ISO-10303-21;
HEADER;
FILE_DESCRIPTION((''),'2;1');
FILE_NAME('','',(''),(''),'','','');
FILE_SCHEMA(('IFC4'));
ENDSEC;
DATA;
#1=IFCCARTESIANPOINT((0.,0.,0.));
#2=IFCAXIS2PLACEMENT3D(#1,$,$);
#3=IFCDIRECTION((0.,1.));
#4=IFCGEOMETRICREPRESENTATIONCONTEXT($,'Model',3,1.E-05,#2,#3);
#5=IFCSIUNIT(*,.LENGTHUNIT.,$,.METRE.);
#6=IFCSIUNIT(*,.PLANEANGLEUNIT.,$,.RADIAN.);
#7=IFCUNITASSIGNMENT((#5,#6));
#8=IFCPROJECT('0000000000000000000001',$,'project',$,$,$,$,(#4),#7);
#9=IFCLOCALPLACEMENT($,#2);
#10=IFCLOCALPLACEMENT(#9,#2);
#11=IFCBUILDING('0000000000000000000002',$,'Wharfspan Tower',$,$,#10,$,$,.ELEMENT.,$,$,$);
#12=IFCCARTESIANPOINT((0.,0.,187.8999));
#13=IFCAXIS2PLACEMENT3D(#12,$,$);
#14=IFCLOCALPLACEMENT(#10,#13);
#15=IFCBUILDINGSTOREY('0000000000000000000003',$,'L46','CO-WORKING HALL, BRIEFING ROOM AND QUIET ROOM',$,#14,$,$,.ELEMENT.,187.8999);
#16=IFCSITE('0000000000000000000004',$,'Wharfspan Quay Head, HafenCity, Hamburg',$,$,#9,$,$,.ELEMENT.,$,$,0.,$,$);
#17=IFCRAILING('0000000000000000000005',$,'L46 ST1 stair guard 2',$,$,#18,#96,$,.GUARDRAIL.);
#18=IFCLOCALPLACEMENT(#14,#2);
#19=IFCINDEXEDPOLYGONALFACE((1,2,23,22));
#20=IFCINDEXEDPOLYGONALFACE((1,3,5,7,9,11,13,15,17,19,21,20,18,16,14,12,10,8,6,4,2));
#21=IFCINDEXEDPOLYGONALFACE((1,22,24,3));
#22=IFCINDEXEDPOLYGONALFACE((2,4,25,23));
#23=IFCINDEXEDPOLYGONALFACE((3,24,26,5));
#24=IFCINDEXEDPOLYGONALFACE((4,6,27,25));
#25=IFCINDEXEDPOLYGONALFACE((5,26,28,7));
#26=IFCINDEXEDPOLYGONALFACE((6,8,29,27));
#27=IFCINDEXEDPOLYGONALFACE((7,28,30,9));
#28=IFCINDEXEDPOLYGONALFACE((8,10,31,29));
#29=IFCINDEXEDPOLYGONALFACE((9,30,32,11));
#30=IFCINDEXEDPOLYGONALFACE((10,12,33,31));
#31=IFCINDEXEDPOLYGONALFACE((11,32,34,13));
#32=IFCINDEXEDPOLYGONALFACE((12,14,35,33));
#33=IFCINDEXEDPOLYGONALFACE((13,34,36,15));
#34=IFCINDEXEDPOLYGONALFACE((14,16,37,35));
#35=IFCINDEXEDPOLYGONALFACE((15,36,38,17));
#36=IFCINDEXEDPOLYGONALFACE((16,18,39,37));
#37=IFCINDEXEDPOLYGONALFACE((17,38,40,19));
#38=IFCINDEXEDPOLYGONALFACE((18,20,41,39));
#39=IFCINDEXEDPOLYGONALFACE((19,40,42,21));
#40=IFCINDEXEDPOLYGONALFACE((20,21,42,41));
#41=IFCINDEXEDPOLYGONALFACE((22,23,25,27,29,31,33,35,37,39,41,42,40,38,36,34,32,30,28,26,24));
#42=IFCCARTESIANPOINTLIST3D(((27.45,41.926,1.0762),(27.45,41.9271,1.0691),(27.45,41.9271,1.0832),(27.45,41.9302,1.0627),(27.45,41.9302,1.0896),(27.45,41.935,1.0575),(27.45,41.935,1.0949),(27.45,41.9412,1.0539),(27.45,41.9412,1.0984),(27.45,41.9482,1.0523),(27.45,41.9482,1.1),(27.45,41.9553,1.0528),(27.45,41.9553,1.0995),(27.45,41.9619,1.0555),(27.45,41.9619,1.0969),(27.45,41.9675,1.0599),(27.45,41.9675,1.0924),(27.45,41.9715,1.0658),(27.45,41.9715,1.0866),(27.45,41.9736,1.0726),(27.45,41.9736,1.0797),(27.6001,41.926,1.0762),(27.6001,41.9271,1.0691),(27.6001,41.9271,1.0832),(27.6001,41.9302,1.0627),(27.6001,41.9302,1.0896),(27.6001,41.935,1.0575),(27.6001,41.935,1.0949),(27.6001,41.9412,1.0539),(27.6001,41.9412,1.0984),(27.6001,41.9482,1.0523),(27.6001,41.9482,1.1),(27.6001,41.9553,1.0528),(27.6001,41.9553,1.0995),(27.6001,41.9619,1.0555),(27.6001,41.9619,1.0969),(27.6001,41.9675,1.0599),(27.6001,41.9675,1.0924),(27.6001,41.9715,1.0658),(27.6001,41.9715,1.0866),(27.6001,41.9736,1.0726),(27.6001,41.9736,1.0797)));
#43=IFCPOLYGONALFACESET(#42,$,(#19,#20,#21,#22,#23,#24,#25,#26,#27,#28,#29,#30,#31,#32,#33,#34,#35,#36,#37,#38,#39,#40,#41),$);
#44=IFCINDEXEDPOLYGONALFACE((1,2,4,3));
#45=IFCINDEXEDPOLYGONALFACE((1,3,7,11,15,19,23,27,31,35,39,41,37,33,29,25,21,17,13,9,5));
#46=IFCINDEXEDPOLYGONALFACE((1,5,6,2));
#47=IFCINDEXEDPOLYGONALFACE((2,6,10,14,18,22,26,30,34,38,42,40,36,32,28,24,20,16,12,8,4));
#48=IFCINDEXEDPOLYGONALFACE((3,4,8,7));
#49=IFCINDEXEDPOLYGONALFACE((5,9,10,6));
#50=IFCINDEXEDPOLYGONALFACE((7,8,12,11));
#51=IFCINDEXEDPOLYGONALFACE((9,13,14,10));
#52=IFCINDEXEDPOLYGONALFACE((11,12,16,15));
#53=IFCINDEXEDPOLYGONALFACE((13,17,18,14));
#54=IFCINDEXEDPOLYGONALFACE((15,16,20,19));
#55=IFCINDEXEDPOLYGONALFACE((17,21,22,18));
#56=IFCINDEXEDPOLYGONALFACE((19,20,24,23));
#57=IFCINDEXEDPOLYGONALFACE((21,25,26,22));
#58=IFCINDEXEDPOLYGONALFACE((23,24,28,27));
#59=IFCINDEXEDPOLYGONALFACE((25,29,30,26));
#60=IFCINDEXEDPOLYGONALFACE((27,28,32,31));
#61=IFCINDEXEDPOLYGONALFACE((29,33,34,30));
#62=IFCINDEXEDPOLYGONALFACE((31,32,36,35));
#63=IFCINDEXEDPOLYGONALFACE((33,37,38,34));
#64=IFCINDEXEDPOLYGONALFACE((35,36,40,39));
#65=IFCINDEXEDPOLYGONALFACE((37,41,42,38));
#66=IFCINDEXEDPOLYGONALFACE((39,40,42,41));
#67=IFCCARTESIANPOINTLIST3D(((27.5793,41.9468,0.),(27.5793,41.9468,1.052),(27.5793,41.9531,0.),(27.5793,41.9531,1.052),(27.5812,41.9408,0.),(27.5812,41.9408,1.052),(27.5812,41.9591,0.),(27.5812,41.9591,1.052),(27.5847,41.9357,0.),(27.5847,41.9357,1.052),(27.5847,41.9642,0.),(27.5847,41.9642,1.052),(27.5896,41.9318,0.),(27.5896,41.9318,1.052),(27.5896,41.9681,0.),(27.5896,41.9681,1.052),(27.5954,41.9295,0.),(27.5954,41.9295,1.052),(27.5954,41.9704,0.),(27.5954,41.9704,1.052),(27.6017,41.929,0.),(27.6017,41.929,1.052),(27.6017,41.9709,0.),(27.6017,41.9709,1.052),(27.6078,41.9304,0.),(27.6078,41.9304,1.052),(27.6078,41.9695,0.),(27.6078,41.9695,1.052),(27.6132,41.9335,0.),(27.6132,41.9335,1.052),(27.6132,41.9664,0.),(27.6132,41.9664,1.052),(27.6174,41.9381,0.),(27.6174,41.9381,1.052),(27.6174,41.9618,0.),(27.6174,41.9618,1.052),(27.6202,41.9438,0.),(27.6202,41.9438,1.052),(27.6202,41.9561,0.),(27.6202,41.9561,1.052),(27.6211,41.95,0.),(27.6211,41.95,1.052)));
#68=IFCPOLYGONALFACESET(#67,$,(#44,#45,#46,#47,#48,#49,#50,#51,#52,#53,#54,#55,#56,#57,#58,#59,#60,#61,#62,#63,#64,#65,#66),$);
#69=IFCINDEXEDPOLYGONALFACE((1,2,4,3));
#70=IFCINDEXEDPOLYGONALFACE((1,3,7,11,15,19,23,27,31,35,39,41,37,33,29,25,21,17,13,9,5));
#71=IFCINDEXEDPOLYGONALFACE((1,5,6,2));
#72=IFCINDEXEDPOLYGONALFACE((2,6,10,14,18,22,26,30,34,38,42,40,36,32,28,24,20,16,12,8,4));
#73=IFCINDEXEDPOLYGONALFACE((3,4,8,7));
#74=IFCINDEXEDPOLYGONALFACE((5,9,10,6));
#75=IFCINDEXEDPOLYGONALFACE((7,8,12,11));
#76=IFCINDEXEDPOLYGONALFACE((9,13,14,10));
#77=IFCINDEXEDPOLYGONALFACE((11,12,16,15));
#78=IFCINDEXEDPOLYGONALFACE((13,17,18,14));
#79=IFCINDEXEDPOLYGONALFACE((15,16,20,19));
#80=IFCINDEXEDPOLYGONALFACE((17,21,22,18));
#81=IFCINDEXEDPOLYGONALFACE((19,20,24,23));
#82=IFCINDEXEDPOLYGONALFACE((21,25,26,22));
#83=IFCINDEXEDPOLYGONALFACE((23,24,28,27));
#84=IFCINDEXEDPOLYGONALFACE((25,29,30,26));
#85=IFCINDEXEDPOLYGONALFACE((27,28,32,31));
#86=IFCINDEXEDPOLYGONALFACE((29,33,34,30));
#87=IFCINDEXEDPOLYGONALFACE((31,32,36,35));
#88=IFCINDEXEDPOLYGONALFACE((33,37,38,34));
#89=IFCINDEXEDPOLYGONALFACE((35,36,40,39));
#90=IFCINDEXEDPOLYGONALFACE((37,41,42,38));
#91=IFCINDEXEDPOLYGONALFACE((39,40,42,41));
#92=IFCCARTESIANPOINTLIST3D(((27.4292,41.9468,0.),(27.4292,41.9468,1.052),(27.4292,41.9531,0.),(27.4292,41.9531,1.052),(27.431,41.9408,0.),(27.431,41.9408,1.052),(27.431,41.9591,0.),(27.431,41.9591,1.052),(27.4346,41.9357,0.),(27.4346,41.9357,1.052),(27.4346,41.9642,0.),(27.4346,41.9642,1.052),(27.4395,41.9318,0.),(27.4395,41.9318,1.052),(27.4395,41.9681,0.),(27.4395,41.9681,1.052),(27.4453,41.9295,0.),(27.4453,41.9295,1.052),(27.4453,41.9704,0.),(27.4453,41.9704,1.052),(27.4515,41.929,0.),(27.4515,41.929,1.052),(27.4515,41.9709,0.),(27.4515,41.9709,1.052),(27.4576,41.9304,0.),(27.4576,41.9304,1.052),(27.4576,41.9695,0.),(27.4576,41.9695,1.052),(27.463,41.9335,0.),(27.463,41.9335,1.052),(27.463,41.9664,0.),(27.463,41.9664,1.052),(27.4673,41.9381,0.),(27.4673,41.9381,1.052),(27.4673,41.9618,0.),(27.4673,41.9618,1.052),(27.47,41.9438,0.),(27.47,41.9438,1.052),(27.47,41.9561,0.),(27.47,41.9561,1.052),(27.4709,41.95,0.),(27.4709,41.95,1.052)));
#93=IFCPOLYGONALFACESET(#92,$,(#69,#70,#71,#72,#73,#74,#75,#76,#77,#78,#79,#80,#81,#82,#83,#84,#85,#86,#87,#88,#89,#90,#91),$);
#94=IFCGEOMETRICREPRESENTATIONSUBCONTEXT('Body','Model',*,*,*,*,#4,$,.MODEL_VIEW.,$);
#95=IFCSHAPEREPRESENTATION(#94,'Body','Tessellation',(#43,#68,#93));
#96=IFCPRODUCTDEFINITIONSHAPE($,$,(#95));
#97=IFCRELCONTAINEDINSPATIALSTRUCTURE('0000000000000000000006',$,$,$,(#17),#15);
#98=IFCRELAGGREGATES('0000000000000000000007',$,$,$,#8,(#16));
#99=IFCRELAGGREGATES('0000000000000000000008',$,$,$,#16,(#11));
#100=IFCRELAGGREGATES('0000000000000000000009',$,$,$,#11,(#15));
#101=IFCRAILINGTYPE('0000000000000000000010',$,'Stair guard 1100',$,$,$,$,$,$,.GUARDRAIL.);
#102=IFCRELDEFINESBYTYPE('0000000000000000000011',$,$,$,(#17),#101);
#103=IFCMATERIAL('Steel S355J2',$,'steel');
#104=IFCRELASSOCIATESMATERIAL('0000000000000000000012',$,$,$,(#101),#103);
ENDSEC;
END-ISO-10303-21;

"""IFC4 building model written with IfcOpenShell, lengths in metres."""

from ifc_helpers import new_model, si_unit, direction, frame, origin, origin_2d, place, context, subcontext, project, spatial, circle, extrude, material, type_object, element, save


model = new_model("IFC4")

# Units and contexts
model_context = context("Model", 3, precision=1e-05, world=origin(), true_north=direction((0.0, 1.0)))
body_context = subcontext(model_context, "Body", "Model", "MODEL_VIEW")
ifc_project = project(units=[si_unit("LENGTHUNIT", "METRE"), si_unit("PLANEANGLEUNIT", "RADIAN")], contexts=[model_context])

# Site, building, storey
site_placement = place(None, origin())
site = spatial("IfcSite", under=ifc_project, at=site_placement, Name="Wharfspan Quay Head, HafenCity, Hamburg", CompositionType="ELEMENT", RefElevation=0.0)
building_placement = place(site_placement, origin())
building = spatial("IfcBuilding", under=site, at=building_placement, Name="Wharfspan Tower", CompositionType="ELEMENT")
storey_placement = place(building_placement, frame((0.0, 0.0, 187.8999)))
storey = spatial("IfcBuildingStorey", under=building, at=storey_placement, Name="L46", Description="CO-WORKING HALL, BRIEFING ROOM AND QUIET ROOM", CompositionType="ELEMENT", Elevation=187.8999)

# Railing
ifc_material_1 = material(Name="Steel S355J2", Category="steel")
railing_type = type_object("IfcRailingType", Name="Stair guard 1100", PredefinedType="GUARDRAIL", material=ifc_material_1)
railing_placement = place(storey_placement, frame((27.6001, 41.95, 0.0)))
element("IfcRailing", 1, at=railing_placement, inside=storey, type_object=railing_type, Name="L46 ST1 stair guard 2", PredefinedType="GUARDRAIL", context=body_context, shape_type="SweptSolid", body=[
    extrude(circle(Radius=0.0239, at=origin_2d()), frame((0.0, 0.0, 1.0762), z_axis=(-1.0, 0.0, 0.0), x_axis=(0.0, -1.0, 0.0)), (0.0, 0.0, 1.0), 0.1501),
    extrude(circle(Radius=0.021, at=origin_2d()), origin(), (0.0, 0.0, 1.0), 1.052),
    extrude(circle(Radius=0.021, at=origin_2d()), frame((-0.1501, 0.0, 0.0)), (0.0, 0.0, 1.0), 1.052),
])

save(model, "model.ifc")
